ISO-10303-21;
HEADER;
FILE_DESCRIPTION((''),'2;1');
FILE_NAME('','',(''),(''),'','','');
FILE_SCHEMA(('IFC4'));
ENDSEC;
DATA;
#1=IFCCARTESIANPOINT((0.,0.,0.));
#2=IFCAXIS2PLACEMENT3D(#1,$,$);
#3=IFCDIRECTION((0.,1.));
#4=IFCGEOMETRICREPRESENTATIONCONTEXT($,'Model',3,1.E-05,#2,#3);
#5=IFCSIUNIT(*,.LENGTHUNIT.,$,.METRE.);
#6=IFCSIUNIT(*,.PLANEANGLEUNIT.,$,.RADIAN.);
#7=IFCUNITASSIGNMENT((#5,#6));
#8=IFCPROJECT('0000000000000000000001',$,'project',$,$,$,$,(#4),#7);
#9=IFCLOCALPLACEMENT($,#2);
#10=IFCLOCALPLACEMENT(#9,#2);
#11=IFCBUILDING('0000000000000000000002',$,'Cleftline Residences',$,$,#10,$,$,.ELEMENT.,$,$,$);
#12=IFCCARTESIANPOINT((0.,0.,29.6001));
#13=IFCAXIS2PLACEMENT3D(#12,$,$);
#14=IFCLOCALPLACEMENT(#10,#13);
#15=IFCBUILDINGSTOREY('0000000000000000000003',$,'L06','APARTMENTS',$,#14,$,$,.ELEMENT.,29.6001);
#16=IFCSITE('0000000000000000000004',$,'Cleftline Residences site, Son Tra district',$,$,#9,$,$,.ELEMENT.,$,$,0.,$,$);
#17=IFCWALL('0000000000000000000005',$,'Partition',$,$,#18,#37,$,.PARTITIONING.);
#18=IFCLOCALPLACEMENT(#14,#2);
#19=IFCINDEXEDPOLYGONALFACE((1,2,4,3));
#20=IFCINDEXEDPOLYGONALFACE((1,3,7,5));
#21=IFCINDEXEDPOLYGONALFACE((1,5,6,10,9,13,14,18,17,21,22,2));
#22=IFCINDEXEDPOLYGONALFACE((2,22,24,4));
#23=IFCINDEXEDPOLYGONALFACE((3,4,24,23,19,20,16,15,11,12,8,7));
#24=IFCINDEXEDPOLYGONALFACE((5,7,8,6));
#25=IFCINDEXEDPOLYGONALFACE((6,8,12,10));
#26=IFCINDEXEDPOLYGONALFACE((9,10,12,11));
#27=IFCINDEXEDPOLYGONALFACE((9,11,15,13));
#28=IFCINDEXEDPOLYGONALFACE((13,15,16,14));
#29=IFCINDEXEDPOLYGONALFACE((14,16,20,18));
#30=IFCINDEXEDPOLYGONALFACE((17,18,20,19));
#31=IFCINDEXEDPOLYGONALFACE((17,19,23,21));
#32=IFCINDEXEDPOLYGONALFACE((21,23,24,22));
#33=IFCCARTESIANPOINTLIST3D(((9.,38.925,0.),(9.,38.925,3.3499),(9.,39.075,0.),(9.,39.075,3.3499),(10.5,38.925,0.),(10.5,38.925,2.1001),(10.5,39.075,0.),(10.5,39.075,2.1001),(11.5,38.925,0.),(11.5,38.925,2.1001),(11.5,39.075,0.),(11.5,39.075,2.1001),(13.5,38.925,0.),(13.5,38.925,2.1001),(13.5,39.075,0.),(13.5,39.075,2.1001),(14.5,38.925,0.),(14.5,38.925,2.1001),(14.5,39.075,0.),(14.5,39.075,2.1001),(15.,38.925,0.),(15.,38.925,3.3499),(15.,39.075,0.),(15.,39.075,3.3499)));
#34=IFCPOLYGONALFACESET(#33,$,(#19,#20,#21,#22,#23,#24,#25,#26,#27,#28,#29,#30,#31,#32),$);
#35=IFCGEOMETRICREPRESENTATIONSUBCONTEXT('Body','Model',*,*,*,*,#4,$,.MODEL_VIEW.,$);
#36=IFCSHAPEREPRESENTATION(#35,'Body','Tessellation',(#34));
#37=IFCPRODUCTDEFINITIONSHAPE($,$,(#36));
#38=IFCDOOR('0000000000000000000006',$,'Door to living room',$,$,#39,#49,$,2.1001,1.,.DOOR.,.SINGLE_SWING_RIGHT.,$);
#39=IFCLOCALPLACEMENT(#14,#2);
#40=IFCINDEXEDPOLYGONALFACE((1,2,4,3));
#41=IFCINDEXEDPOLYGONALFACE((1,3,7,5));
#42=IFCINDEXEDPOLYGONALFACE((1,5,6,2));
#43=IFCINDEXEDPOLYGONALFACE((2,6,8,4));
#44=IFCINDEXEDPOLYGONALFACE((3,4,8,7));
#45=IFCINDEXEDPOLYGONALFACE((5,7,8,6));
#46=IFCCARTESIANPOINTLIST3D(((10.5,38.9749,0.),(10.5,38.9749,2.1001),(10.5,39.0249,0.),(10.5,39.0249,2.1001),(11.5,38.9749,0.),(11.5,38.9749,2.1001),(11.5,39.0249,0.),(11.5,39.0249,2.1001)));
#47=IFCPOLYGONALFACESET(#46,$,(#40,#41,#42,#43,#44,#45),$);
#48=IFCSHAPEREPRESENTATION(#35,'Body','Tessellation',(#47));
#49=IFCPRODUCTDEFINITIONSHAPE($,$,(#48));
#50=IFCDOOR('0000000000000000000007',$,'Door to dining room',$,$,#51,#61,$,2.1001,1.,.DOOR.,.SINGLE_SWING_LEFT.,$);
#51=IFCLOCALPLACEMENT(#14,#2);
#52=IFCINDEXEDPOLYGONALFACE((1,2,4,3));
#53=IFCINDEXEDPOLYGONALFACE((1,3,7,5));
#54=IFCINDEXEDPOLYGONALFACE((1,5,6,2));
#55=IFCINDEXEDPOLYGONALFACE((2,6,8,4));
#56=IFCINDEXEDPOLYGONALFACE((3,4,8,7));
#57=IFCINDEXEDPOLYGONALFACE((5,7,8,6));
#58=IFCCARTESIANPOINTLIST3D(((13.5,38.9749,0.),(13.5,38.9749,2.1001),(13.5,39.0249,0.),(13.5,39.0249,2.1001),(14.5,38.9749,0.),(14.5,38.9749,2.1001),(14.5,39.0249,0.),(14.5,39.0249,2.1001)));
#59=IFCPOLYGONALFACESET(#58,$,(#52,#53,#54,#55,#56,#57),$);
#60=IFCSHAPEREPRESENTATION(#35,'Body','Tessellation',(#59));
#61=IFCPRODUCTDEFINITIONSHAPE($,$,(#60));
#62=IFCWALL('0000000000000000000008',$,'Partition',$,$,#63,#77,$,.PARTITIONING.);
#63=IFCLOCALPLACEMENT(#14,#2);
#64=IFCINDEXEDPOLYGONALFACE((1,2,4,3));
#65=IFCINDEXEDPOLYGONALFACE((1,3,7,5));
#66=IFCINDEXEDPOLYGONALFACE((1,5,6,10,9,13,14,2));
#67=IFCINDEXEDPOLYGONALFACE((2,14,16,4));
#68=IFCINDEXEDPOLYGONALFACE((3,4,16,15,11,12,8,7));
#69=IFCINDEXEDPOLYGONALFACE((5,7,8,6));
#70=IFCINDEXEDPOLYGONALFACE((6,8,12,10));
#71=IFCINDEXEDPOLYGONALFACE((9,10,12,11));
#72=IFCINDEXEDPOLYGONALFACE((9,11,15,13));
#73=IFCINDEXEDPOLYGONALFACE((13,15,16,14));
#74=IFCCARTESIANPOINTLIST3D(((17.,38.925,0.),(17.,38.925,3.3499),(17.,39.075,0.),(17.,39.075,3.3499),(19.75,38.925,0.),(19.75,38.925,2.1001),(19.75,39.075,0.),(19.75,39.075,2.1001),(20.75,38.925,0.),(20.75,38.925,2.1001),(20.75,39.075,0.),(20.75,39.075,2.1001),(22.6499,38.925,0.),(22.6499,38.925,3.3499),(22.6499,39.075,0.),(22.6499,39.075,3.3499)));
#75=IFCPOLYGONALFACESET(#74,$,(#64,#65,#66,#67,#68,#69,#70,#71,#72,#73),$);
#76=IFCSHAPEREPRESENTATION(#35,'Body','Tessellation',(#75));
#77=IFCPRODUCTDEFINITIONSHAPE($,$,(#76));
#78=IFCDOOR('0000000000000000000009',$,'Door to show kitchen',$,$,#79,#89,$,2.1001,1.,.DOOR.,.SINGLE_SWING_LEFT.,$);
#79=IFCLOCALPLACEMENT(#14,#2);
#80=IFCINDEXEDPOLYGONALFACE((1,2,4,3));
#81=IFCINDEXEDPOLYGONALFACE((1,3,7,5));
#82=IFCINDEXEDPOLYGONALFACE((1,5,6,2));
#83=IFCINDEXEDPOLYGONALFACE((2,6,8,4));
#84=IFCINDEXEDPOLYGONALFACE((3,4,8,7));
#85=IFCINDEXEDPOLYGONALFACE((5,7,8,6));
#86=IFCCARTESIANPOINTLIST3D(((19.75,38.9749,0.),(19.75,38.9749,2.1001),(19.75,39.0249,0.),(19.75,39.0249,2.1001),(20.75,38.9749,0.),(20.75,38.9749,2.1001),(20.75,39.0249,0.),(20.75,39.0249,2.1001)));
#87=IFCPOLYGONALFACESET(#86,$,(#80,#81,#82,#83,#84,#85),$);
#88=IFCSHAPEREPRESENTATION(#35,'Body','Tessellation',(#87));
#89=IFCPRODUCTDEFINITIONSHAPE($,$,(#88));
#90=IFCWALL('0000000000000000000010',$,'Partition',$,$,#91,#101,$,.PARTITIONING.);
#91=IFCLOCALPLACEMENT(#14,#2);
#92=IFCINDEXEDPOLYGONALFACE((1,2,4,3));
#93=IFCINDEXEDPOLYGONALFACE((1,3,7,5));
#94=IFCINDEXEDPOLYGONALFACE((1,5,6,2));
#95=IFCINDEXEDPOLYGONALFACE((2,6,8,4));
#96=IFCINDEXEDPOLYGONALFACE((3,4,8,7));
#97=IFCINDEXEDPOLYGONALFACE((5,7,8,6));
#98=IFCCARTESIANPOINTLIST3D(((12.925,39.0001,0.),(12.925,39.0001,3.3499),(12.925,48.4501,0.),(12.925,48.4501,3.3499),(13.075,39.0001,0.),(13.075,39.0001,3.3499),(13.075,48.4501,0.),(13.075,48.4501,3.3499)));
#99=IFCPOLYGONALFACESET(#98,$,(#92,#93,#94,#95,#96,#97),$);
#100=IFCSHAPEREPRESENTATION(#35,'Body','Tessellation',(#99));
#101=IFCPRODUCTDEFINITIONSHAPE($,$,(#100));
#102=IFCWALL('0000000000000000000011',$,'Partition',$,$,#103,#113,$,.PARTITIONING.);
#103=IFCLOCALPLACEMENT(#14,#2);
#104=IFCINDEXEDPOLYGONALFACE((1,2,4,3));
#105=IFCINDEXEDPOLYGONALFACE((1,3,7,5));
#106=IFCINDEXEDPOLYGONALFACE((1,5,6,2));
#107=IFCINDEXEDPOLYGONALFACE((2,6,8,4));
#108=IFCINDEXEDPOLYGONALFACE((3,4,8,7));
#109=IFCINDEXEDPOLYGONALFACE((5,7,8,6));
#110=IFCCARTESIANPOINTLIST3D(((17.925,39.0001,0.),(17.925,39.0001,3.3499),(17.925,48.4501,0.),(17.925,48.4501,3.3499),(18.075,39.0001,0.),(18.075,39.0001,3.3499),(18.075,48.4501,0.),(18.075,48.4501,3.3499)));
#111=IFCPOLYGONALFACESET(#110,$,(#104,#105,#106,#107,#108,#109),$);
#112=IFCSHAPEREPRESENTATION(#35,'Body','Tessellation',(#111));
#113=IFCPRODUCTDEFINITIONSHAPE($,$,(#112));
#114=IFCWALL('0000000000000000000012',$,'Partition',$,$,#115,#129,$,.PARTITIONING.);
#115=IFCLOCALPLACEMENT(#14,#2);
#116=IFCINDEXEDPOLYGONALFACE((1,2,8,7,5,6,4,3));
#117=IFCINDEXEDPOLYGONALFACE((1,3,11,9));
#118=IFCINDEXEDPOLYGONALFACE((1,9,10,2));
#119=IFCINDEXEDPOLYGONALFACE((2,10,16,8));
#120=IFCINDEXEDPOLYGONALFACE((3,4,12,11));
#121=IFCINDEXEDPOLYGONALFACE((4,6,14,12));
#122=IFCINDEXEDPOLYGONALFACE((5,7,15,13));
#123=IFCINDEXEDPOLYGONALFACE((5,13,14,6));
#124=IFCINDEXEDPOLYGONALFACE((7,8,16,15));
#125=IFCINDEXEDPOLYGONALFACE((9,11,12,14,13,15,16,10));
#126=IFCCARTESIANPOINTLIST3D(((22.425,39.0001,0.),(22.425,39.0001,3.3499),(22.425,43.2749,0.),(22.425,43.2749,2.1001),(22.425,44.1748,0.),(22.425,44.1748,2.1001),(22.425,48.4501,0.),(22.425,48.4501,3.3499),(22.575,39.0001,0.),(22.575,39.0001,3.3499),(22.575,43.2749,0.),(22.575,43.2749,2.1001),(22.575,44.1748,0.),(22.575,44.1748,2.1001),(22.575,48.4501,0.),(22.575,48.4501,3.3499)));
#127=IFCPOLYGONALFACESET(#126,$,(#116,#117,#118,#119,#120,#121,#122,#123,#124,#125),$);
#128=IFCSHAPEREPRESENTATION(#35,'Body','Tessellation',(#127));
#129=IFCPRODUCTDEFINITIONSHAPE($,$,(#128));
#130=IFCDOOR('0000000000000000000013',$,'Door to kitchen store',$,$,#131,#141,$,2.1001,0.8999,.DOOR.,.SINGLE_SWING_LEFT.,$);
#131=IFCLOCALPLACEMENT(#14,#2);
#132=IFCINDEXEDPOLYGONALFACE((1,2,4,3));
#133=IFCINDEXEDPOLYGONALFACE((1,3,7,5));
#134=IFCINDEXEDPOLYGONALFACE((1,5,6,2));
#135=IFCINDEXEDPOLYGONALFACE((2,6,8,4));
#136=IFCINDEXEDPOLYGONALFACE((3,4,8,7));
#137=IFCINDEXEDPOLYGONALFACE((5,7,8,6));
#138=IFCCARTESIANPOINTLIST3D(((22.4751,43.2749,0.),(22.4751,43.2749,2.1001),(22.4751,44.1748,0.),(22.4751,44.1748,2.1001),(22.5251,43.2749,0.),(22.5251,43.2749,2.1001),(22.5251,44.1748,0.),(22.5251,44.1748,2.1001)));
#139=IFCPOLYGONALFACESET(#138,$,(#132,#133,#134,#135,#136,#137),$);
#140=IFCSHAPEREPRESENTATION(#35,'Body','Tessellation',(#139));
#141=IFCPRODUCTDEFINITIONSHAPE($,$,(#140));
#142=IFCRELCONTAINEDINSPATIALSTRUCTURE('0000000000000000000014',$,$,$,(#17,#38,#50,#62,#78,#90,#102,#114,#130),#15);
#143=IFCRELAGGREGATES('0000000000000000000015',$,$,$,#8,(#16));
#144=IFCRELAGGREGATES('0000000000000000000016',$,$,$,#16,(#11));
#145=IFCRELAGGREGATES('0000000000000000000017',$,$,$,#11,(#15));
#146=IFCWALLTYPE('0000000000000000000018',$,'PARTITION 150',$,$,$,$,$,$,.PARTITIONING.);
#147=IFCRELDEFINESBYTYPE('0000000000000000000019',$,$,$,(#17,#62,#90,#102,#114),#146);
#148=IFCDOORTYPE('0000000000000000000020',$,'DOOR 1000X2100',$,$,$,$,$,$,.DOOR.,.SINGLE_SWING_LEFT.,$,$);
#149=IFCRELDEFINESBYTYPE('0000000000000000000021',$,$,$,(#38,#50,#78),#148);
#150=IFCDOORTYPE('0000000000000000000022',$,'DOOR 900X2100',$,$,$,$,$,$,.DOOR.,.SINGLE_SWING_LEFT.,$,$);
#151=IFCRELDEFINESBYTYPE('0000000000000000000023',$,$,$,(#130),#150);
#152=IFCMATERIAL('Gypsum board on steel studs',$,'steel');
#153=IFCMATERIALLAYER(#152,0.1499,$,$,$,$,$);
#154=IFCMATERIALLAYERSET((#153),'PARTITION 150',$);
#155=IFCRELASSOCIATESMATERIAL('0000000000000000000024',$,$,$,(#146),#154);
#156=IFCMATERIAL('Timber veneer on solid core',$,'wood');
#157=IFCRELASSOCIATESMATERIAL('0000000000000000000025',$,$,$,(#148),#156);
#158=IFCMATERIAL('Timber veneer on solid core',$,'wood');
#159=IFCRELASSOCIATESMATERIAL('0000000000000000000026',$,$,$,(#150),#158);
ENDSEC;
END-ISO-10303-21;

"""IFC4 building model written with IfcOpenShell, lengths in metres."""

from ifc_helpers import new_model, si_unit, direction, frame, frame_2d, origin, place, context, subcontext, project, spatial, rectangle, extrude, material, layer, layer_set, type_object, element, fill, save


model = new_model("IFC4")

# Units and contexts
model_context = context("Model", 3, precision=1e-05, world=origin(), true_north=direction((0.0, 1.0)))
body_context = subcontext(model_context, "Body", "Model", "MODEL_VIEW")
ifc_project = project(units=[si_unit("LENGTHUNIT", "METRE"), si_unit("PLANEANGLEUNIT", "RADIAN")], contexts=[model_context])

# Site, building, storey
site_placement = place(None, origin())
site = spatial("IfcSite", under=ifc_project, at=site_placement, Name="Cleftline Residences site, Son Tra district", CompositionType="ELEMENT", RefElevation=0.0)
building_placement = place(site_placement, origin())
building = spatial("IfcBuilding", under=site, at=building_placement, Name="Cleftline Residences", CompositionType="ELEMENT")
storey_placement = place(building_placement, frame((0.0, 0.0, 29.6001)))
storey = spatial("IfcBuildingStorey", under=building, at=storey_placement, Name="L06", Description="APARTMENTS", CompositionType="ELEMENT", Elevation=29.6001)

# Wall, openings, doors
ifc_material_1 = material(Name="Gypsum board on steel studs", Category="steel")
ifc_layer = layer(ifc_material_1, 0.1499)
ifc_layer_set = layer_set([ifc_layer], Name="PARTITION 150")
wall_type = type_object("IfcWallType", Name="PARTITION 150", PredefinedType="PARTITIONING", material=ifc_layer_set)
wall_1_placement = place(storey_placement, frame((9.0, 39.0, 0.0), z_axis=(0.0, 0.0, 1.0), x_axis=(1.0, 0.0, 0.0)))
wall_1 = element("IfcWall", 1, at=wall_1_placement, inside=storey, type_object=wall_type, Name="Partition", PredefinedType="PARTITIONING", context=body_context, shape_type="SweptSolid", body=[
    extrude(rectangle(XDim=6.0, YDim=0.1499, at=frame_2d((3.0, 0.0))), origin(), (0.0, 0.0, 1.0), 3.3499),
])
opening_1_placement = place(wall_1_placement, frame((1.5, 0.0, 0.0)))
opening_1 = element("IfcOpeningElement", 2, at=opening_1_placement, cuts=wall_1, PredefinedType="OPENING", context=body_context, shape_type="SweptSolid", body=[
    extrude(rectangle(XDim=1.0, YDim=2.1001, at=frame_2d((0.5, 1.05))), frame((0.0, 0.085, 0.0), z_axis=(0.0, -1.0, 0.0), x_axis=(1.0, 0.0, 0.0)), (0.0, 0.0, 1.0), 0.1699),
])
opening_2_placement = place(wall_1_placement, frame((4.5, 0.0, 0.0)))
opening_2 = element("IfcOpeningElement", 3, at=opening_2_placement, cuts=wall_1, PredefinedType="OPENING", context=body_context, shape_type="SweptSolid", body=[
    extrude(rectangle(XDim=1.0, YDim=2.1001, at=frame_2d((0.5, 1.05))), frame((0.0, 0.085, 0.0), z_axis=(0.0, -1.0, 0.0), x_axis=(1.0, 0.0, 0.0)), (0.0, 0.0, 1.0), 0.1699),
])
ifc_material_2 = material(Name="Timber veneer on solid core", Category="wood")
door_type_1 = type_object("IfcDoorType", Name="DOOR 1000X2100", OperationType="SINGLE_SWING_LEFT", PredefinedType="DOOR", material=ifc_material_2)
door_1_placement = place(opening_1_placement, origin())
door_1 = element("IfcDoor", 4, at=door_1_placement, inside=storey, type_object=door_type_1, Name="Door to living room", OperationType="SINGLE_SWING_RIGHT", OverallHeight=2.1001, OverallWidth=1.0, PredefinedType="DOOR", context=body_context, shape_type="SweptSolid", body=[
    extrude(rectangle(XDim=1.0, YDim=2.1001, at=frame_2d((0.5, 1.05))), frame((0.0, 0.0249, 0.0), z_axis=(0.0, -1.0, 0.0), x_axis=(1.0, 0.0, 0.0)), (0.0, 0.0, 1.0), 0.05),
])
fill(opening_1, door_1)
door_2_placement = place(opening_2_placement, origin())
door_2 = element("IfcDoor", 5, at=door_2_placement, inside=storey, type_object=door_type_1, Name="Door to dining room", OperationType="SINGLE_SWING_LEFT", OverallHeight=2.1001, OverallWidth=1.0, PredefinedType="DOOR", context=body_context, shape_type="SweptSolid", body=[
    extrude(rectangle(XDim=1.0, YDim=2.1001, at=frame_2d((0.5, 1.05))), frame((0.0, 0.0249, 0.0), z_axis=(0.0, -1.0, 0.0), x_axis=(1.0, 0.0, 0.0)), (0.0, 0.0, 1.0), 0.05),
])
fill(opening_2, door_2)

# Wall, opening, door
wall_2_placement = place(storey_placement, frame((17.0, 39.0, 0.0), z_axis=(0.0, 0.0, 1.0), x_axis=(1.0, 0.0, 0.0)))
wall_2 = element("IfcWall", 6, at=wall_2_placement, inside=storey, type_object=wall_type, Name="Partition", PredefinedType="PARTITIONING", context=body_context, shape_type="SweptSolid", body=[
    extrude(rectangle(XDim=5.6499, YDim=0.1499, at=frame_2d((2.825, 0.0))), origin(), (0.0, 0.0, 1.0), 3.3499),
])
opening_3_placement = place(wall_2_placement, frame((2.75, 0.0, 0.0)))
opening_3 = element("IfcOpeningElement", 7, at=opening_3_placement, cuts=wall_2, PredefinedType="OPENING", context=body_context, shape_type="SweptSolid", body=[
    extrude(rectangle(XDim=1.0, YDim=2.1001, at=frame_2d((0.5, 1.05))), frame((0.0, 0.085, 0.0), z_axis=(0.0, -1.0, 0.0), x_axis=(1.0, 0.0, 0.0)), (0.0, 0.0, 1.0), 0.1699),
])
door_3_placement = place(opening_3_placement, origin())
door_3 = element("IfcDoor", 8, at=door_3_placement, inside=storey, type_object=door_type_1, Name="Door to show kitchen", OperationType="SINGLE_SWING_LEFT", OverallHeight=2.1001, OverallWidth=1.0, PredefinedType="DOOR", context=body_context, shape_type="SweptSolid", body=[
    extrude(rectangle(XDim=1.0, YDim=2.1001, at=frame_2d((0.5, 1.05))), frame((0.0, 0.0249, 0.0), z_axis=(0.0, -1.0, 0.0), x_axis=(1.0, 0.0, 0.0)), (0.0, 0.0, 1.0), 0.05),
])
fill(opening_3, door_3)

# Walls
for number, where, z_axis, x_axis, name in (
    (9, (13.0, 39.0, 0.0), (0.0, 0.0, 1.0), (0.0, 1.0, 0.0), "Partition"),
    (10, (18.0, 39.0, 0.0), (0.0, 0.0, 1.0), (0.0, 1.0, 0.0), "Partition"),
):
    element("IfcWall", number, at=place(storey_placement, frame(where, z_axis=z_axis, x_axis=x_axis)), inside=storey, type_object=wall_type, Name=name, PredefinedType="PARTITIONING", context=body_context, shape_type="SweptSolid", body=[
        extrude(rectangle(XDim=9.45, YDim=0.1499, at=frame_2d((4.7251, 0.0))), origin(), (0.0, 0.0, 1.0), 3.3499),
    ])

# Wall, opening, door
wall_3_placement = place(storey_placement, frame((22.5, 39.0, 0.0), z_axis=(0.0, 0.0, 1.0), x_axis=(0.0, 1.0, 0.0)))
wall_3 = element("IfcWall", 11, at=wall_3_placement, inside=storey, type_object=wall_type, Name="Partition", PredefinedType="PARTITIONING", context=body_context, shape_type="SweptSolid", body=[
    extrude(rectangle(XDim=9.45, YDim=0.1499, at=frame_2d((4.7251, 0.0))), origin(), (0.0, 0.0, 1.0), 3.3499),
])
opening_4_placement = place(wall_3_placement, frame((4.2749, 0.0, 0.0)))
opening_4 = element("IfcOpeningElement", 12, at=opening_4_placement, cuts=wall_3, PredefinedType="OPENING", context=body_context, shape_type="SweptSolid", body=[
    extrude(rectangle(XDim=0.8999, YDim=2.1001, at=frame_2d((0.45, 1.05))), frame((0.0, 0.085, 0.0), z_axis=(0.0, -1.0, 0.0), x_axis=(1.0, 0.0, 0.0)), (0.0, 0.0, 1.0), 0.1699),
])
ifc_material_3 = material(Name="Timber veneer on solid core", Category="wood")
door_type_2 = type_object("IfcDoorType", Name="DOOR 900X2100", OperationType="SINGLE_SWING_LEFT", PredefinedType="DOOR", material=ifc_material_3)
door_4_placement = place(opening_4_placement, origin())
door_4 = element("IfcDoor", 13, at=door_4_placement, inside=storey, type_object=door_type_2, Name="Door to kitchen store", OperationType="SINGLE_SWING_LEFT", OverallHeight=2.1001, OverallWidth=0.8999, PredefinedType="DOOR", context=body_context, shape_type="SweptSolid", body=[
    extrude(rectangle(XDim=0.8999, YDim=2.1001, at=frame_2d((0.45, 1.05))), frame((0.0, 0.0249, 0.0), z_axis=(0.0, -1.0, 0.0), x_axis=(1.0, 0.0, 0.0)), (0.0, 0.0, 1.0), 0.05),
])
fill(opening_4, door_4)

save(model, "model.ifc")
